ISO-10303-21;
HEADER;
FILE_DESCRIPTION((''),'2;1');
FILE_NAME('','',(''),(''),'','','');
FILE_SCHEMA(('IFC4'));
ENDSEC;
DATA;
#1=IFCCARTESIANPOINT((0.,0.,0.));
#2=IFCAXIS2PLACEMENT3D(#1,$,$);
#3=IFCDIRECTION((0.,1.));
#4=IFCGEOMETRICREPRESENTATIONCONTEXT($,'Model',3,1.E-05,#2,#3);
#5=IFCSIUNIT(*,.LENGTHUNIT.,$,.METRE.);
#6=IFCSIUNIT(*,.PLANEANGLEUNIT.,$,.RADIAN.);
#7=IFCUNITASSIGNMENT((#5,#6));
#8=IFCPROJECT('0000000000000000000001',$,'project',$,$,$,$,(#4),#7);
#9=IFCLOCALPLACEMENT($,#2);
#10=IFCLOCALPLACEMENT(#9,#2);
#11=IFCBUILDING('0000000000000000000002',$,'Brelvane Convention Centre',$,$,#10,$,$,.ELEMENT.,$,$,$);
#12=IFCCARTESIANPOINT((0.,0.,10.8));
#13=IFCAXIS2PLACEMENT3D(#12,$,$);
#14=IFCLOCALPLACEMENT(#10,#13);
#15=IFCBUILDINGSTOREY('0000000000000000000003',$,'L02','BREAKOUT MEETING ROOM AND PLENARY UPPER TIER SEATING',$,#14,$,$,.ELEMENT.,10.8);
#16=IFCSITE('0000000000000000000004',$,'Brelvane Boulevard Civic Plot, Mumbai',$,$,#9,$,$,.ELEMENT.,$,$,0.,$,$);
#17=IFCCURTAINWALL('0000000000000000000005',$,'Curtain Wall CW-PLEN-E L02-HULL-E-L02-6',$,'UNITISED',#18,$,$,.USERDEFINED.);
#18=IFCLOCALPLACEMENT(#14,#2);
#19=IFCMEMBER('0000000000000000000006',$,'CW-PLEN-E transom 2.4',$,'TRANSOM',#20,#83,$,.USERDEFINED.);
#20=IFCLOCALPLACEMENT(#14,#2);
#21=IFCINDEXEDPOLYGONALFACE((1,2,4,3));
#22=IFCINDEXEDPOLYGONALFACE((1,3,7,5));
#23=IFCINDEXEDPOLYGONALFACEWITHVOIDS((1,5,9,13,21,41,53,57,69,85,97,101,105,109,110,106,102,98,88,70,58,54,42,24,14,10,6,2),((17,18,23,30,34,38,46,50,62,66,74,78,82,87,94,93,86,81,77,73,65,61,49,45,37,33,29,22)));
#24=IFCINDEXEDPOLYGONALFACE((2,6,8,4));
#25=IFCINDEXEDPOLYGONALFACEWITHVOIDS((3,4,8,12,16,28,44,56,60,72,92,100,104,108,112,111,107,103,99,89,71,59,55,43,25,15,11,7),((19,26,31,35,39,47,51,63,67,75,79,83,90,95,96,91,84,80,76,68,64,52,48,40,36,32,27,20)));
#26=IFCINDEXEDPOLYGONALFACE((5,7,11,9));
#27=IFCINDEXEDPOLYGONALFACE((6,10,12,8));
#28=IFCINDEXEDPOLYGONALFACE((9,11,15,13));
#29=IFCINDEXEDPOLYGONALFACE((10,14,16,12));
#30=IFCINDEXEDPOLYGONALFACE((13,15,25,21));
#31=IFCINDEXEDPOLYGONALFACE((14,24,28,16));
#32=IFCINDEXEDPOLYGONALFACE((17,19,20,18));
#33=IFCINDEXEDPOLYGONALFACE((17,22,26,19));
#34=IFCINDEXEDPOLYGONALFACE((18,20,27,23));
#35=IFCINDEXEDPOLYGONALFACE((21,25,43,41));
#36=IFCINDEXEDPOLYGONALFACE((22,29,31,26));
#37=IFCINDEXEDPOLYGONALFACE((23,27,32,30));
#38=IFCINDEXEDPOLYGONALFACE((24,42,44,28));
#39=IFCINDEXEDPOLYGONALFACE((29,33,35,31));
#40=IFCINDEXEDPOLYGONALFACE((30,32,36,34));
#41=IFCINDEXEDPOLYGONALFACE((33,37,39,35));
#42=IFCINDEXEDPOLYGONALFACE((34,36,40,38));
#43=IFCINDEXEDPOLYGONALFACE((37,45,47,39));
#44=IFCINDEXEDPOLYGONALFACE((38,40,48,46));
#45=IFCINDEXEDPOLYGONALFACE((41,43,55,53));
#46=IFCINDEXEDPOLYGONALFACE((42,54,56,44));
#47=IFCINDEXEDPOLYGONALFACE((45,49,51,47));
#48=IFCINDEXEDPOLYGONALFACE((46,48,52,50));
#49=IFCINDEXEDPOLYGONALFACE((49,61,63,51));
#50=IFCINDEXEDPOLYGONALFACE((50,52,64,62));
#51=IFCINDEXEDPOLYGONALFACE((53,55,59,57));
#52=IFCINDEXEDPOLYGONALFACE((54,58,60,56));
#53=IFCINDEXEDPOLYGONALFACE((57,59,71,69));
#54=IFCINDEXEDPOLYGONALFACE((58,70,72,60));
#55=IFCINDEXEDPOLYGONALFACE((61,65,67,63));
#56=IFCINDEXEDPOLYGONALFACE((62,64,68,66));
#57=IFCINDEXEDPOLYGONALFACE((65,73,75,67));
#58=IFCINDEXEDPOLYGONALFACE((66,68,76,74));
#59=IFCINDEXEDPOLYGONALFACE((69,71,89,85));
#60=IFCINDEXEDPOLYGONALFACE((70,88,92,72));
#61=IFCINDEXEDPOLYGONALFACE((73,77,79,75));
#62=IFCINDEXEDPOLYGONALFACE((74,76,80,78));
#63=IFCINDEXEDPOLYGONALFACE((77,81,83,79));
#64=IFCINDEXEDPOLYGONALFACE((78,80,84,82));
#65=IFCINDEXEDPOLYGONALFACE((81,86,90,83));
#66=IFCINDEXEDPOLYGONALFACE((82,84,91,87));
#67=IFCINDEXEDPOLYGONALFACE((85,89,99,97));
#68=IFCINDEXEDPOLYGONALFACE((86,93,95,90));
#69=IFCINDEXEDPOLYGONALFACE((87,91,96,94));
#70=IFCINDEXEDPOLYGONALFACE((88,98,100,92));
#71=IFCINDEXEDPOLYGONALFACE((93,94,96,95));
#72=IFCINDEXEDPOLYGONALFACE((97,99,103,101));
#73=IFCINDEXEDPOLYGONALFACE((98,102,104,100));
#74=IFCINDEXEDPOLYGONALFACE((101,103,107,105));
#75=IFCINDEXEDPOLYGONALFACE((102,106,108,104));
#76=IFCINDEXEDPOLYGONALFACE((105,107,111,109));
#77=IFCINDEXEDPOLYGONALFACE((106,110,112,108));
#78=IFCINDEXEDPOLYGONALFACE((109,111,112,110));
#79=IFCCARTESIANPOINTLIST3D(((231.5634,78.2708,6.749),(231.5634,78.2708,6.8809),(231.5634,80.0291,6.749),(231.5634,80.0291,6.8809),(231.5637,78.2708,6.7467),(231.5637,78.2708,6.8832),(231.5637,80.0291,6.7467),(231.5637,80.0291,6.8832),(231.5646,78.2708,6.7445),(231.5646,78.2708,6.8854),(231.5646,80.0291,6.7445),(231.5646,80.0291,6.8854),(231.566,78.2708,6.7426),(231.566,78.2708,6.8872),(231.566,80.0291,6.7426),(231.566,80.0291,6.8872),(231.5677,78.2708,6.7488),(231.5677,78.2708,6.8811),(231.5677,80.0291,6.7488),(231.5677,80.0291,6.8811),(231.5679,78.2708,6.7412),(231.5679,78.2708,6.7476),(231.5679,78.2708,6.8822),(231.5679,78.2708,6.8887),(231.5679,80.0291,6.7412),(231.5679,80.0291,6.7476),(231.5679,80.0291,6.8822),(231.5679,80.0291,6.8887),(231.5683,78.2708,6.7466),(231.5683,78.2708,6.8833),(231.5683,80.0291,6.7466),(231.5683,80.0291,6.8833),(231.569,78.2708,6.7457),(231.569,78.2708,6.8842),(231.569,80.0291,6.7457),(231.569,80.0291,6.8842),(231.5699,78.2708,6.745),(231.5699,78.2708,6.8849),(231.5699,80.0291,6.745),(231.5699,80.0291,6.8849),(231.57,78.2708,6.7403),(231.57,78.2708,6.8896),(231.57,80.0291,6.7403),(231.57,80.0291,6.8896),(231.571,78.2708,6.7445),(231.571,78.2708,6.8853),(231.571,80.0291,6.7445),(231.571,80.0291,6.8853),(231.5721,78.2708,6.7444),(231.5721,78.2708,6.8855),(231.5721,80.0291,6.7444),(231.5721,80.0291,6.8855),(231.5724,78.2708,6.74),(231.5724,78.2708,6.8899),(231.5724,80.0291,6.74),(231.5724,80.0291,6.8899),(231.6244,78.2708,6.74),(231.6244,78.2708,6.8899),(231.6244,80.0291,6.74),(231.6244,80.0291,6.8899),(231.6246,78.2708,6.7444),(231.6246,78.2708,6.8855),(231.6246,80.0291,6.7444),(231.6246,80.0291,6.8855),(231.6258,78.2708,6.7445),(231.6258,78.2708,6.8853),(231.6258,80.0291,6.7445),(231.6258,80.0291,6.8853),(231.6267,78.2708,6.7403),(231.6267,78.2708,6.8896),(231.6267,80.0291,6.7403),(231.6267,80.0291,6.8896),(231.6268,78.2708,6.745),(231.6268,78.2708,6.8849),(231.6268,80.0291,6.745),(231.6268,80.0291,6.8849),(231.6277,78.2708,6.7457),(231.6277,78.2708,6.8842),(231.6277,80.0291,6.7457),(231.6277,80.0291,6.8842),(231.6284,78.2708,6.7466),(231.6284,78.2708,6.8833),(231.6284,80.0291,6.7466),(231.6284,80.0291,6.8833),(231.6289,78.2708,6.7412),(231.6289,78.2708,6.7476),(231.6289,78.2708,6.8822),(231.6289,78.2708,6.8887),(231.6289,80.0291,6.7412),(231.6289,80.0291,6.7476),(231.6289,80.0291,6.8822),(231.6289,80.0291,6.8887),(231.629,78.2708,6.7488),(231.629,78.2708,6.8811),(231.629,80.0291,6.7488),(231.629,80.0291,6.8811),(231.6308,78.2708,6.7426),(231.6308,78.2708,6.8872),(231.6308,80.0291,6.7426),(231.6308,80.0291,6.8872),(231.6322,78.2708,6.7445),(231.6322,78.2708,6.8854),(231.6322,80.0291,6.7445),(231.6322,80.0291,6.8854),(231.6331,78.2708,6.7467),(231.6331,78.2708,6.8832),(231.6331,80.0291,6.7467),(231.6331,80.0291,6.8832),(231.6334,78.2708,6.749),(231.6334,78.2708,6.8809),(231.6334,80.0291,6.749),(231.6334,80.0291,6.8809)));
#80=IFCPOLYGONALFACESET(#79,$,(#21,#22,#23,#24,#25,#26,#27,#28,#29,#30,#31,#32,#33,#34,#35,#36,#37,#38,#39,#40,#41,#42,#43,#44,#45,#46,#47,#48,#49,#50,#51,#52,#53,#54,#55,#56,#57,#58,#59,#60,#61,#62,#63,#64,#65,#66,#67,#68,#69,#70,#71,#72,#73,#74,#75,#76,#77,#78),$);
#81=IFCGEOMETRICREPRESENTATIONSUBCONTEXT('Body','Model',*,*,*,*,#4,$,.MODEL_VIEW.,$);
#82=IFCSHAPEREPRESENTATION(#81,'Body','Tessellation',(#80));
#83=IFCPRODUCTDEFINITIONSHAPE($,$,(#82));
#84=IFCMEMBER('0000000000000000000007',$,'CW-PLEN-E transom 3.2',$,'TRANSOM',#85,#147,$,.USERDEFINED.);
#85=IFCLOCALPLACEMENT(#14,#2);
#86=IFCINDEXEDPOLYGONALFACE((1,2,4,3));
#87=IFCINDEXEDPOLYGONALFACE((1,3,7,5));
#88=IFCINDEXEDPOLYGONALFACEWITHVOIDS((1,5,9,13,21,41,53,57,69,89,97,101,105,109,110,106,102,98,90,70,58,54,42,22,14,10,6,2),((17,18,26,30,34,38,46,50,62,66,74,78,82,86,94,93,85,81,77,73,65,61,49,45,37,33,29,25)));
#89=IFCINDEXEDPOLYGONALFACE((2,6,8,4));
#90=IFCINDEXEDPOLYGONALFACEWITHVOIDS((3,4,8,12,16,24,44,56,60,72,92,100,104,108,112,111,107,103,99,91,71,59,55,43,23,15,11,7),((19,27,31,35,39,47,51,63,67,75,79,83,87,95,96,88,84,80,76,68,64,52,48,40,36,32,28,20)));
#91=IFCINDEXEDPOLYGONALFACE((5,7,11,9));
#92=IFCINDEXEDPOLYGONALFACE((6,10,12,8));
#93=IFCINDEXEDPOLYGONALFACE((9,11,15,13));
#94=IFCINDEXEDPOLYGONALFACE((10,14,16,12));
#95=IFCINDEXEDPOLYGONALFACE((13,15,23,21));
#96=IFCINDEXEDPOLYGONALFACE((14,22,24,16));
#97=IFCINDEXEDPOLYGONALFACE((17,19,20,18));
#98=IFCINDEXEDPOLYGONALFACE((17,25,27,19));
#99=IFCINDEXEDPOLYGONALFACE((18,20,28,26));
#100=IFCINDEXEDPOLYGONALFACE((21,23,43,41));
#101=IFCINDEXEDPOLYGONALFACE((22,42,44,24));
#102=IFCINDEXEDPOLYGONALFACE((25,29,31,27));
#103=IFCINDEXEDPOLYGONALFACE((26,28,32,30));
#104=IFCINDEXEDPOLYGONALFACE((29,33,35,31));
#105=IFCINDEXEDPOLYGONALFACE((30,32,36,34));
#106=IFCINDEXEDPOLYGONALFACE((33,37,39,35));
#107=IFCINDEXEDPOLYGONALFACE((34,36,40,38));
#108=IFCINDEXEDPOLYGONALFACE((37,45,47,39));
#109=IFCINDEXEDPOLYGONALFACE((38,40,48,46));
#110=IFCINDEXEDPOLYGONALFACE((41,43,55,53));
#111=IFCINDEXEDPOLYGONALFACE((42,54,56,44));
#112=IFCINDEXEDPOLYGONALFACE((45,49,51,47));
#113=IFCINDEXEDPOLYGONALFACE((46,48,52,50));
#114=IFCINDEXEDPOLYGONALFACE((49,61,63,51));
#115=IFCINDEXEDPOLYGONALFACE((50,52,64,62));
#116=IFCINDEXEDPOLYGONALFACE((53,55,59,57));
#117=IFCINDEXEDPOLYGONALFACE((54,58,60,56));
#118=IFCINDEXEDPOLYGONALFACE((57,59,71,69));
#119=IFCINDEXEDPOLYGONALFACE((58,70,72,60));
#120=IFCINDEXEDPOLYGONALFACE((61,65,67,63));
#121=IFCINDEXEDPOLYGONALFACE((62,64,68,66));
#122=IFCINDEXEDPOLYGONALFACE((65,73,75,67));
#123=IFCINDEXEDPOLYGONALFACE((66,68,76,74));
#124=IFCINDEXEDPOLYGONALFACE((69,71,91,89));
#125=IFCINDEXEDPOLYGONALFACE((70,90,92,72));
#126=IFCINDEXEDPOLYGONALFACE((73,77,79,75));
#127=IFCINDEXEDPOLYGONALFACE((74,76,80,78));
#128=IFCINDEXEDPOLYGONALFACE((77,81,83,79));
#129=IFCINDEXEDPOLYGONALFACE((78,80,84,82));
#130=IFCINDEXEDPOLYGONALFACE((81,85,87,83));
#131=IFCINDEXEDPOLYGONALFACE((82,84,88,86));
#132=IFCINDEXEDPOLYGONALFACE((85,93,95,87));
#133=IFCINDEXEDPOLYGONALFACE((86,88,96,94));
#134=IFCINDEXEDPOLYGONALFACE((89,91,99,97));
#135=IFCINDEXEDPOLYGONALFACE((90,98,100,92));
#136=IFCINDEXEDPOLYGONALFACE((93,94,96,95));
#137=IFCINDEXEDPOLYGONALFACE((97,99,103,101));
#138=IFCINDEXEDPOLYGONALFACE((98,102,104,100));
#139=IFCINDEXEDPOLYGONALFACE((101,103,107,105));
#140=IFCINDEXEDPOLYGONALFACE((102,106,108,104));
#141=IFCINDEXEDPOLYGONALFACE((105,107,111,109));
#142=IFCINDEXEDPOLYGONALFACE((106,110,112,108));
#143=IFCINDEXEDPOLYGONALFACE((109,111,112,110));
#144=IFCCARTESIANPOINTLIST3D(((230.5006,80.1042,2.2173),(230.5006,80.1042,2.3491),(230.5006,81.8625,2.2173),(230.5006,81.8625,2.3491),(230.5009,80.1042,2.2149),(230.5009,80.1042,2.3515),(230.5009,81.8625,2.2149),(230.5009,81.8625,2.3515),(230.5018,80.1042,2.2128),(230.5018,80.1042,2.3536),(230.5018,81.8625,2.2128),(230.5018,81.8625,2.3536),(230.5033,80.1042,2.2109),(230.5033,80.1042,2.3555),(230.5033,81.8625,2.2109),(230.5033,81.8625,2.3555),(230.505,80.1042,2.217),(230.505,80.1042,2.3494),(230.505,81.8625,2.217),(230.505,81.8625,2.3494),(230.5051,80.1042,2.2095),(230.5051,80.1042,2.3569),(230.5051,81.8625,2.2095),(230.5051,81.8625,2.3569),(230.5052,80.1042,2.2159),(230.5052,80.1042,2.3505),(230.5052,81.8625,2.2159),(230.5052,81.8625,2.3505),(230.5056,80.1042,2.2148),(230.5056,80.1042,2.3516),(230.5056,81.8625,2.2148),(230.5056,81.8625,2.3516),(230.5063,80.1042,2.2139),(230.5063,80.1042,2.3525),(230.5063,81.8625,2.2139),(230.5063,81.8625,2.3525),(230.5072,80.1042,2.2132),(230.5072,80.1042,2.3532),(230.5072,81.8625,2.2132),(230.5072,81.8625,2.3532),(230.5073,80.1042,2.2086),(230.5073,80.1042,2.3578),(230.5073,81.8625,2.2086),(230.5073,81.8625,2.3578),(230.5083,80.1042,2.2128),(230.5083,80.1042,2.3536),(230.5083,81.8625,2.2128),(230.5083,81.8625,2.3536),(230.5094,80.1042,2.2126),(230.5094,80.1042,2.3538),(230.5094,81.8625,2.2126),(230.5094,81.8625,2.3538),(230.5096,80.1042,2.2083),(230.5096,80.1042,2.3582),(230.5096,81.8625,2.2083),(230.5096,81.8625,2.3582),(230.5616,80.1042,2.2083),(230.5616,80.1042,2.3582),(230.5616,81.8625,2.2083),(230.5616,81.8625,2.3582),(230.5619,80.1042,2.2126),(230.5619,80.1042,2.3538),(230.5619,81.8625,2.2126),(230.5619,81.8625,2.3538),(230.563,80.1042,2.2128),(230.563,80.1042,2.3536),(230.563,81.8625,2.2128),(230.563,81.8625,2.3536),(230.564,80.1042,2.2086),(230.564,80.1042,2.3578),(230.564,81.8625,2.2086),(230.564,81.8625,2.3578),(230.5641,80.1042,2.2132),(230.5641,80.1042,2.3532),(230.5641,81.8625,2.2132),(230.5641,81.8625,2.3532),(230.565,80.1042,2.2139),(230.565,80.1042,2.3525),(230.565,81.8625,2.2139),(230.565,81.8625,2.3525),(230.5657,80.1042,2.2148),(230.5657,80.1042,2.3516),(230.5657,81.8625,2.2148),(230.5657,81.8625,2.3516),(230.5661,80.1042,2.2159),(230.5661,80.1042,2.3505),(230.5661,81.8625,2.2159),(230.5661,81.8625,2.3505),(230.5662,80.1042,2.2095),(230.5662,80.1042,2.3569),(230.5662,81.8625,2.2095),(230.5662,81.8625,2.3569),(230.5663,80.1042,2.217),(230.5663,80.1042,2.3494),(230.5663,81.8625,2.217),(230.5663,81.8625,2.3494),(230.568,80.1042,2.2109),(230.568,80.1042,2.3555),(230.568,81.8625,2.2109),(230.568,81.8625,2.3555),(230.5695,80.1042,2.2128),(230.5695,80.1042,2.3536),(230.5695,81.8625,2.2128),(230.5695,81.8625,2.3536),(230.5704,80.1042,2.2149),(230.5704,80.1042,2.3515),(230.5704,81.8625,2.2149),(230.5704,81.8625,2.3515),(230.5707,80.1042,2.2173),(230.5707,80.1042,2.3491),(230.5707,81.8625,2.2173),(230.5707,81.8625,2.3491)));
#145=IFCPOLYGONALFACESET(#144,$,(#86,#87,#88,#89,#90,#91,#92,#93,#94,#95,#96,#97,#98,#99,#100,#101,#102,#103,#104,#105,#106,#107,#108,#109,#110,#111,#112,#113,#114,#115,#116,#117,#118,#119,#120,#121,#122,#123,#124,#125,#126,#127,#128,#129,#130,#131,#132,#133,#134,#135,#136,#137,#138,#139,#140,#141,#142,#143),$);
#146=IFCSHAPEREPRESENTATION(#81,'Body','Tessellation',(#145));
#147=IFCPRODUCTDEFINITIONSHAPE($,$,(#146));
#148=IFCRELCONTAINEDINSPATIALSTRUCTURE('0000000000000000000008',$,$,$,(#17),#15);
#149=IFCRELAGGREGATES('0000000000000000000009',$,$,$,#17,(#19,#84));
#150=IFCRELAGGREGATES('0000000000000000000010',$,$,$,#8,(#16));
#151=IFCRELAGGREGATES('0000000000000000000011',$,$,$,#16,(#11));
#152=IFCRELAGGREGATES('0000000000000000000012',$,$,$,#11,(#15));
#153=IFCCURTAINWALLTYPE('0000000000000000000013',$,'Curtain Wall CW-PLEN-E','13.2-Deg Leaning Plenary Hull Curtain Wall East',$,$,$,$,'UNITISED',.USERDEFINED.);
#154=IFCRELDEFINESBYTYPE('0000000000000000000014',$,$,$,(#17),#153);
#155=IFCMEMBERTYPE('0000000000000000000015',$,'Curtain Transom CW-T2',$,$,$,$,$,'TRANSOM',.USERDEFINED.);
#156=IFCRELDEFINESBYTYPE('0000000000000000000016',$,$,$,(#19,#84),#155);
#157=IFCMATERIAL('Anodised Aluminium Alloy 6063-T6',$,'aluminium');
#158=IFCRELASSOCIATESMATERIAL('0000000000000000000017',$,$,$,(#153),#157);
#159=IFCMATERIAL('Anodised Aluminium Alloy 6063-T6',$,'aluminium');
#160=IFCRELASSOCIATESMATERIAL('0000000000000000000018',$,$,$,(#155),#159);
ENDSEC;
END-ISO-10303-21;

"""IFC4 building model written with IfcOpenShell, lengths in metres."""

from ifc_helpers import new_model, si_unit, direction, frame, origin, origin_2d, place, context, subcontext, project, spatial, hollow_rectangle, extrude, material, material_profile, profile_set, type_object, element, aggregate, save


model = new_model("IFC4")

# Units and contexts
model_context = context("Model", 3, precision=1e-05, world=origin(), true_north=direction((0.0, 1.0)))
body_context = subcontext(model_context, "Body", "Model", "MODEL_VIEW")
ifc_project = project(units=[si_unit("LENGTHUNIT", "METRE"), si_unit("PLANEANGLEUNIT", "RADIAN")], contexts=[model_context])

# Site, building, storey
site_placement = place(None, origin())
site = spatial("IfcSite", under=ifc_project, at=site_placement, Name="Brelvane Boulevard Civic Plot, Mumbai", CompositionType="ELEMENT", RefElevation=0.0)
building_placement = place(site_placement, origin())
building = spatial("IfcBuilding", under=site, at=building_placement, Name="Brelvane Convention Centre", CompositionType="ELEMENT")
storey_placement = place(building_placement, frame((0.0, 0.0, 10.8)))
storey = spatial("IfcBuildingStorey", under=building, at=storey_placement, Name="L02", Description="BREAKOUT MEETING ROOM AND PLENARY UPPER TIER SEATING", CompositionType="ELEMENT", Elevation=10.8)

# Curtain wall, members
ifc_material_1 = material(Name="Anodised Aluminium Alloy 6063-T6", Category="aluminium")
curtain_wall_type = type_object("IfcCurtainWallType", Name="Curtain Wall CW-PLEN-E", Description="13.2-Deg Leaning Plenary Hull Curtain Wall East", ElementType="UNITISED", PredefinedType="USERDEFINED", material=ifc_material_1)
curtain_wall_placement = place(storey_placement, origin())
curtain_wall = element("IfcCurtainWall", 1, at=curtain_wall_placement, inside=storey, type_object=curtain_wall_type, Name="Curtain Wall CW-PLEN-E L02-HULL-E-L02-6", ObjectType="UNITISED", PredefinedType="USERDEFINED")
ifc_material_2 = material(Name="Anodised Aluminium Alloy 6063-T6", Category="aluminium")
ifc_material_profile = material_profile(ifc_material_2, hollow_rectangle(XDim=0.0701, YDim=0.1499, WallThickness=0.0044, InnerFilletRadius=0.0044, OuterFilletRadius=0.009, at=origin_2d()), Name="ALU-T 150x70x4.5")
ifc_profile_set = profile_set([ifc_material_profile], Name="Anodised Aluminium Alloy 6063-T6")
member_type = type_object("IfcMemberType", Name="Curtain Transom CW-T2", ElementType="TRANSOM", PredefinedType="USERDEFINED", material=ifc_profile_set)
member_1_placement = place(storey_placement, frame((231.5984, 78.2708, 6.8149), z_axis=(0.0, 1.0, 0.0), x_axis=(-1.0, 0.0, 0.0)))
member_1 = element("IfcMember", 2, at=member_1_placement, type_object=member_type, Name="CW-PLEN-E transom 2.4", ObjectType="TRANSOM", PredefinedType="USERDEFINED", context=body_context, shape_type="SweptSolid", body=[
    extrude(hollow_rectangle(XDim=0.0701, YDim=0.1499, WallThickness=0.0044, InnerFilletRadius=0.0044, OuterFilletRadius=0.009, at=origin_2d()), origin(), (0.0, 0.0, 1.0), 1.7583),
])
member_2_placement = place(storey_placement, frame((230.5356, 80.1042, 2.2832), z_axis=(0.0, 1.0, 0.0), x_axis=(-1.0, 0.0, 0.0)))
member_2 = element("IfcMember", 3, at=member_2_placement, type_object=member_type, Name="CW-PLEN-E transom 3.2", ObjectType="TRANSOM", PredefinedType="USERDEFINED", context=body_context, shape_type="SweptSolid", body=[
    extrude(hollow_rectangle(XDim=0.0701, YDim=0.1499, WallThickness=0.0044, InnerFilletRadius=0.0044, OuterFilletRadius=0.009, at=origin_2d()), origin(), (0.0, 0.0, 1.0), 1.7583),
])
aggregate(curtain_wall, [member_1, member_2])

save(model, "model.ifc")
